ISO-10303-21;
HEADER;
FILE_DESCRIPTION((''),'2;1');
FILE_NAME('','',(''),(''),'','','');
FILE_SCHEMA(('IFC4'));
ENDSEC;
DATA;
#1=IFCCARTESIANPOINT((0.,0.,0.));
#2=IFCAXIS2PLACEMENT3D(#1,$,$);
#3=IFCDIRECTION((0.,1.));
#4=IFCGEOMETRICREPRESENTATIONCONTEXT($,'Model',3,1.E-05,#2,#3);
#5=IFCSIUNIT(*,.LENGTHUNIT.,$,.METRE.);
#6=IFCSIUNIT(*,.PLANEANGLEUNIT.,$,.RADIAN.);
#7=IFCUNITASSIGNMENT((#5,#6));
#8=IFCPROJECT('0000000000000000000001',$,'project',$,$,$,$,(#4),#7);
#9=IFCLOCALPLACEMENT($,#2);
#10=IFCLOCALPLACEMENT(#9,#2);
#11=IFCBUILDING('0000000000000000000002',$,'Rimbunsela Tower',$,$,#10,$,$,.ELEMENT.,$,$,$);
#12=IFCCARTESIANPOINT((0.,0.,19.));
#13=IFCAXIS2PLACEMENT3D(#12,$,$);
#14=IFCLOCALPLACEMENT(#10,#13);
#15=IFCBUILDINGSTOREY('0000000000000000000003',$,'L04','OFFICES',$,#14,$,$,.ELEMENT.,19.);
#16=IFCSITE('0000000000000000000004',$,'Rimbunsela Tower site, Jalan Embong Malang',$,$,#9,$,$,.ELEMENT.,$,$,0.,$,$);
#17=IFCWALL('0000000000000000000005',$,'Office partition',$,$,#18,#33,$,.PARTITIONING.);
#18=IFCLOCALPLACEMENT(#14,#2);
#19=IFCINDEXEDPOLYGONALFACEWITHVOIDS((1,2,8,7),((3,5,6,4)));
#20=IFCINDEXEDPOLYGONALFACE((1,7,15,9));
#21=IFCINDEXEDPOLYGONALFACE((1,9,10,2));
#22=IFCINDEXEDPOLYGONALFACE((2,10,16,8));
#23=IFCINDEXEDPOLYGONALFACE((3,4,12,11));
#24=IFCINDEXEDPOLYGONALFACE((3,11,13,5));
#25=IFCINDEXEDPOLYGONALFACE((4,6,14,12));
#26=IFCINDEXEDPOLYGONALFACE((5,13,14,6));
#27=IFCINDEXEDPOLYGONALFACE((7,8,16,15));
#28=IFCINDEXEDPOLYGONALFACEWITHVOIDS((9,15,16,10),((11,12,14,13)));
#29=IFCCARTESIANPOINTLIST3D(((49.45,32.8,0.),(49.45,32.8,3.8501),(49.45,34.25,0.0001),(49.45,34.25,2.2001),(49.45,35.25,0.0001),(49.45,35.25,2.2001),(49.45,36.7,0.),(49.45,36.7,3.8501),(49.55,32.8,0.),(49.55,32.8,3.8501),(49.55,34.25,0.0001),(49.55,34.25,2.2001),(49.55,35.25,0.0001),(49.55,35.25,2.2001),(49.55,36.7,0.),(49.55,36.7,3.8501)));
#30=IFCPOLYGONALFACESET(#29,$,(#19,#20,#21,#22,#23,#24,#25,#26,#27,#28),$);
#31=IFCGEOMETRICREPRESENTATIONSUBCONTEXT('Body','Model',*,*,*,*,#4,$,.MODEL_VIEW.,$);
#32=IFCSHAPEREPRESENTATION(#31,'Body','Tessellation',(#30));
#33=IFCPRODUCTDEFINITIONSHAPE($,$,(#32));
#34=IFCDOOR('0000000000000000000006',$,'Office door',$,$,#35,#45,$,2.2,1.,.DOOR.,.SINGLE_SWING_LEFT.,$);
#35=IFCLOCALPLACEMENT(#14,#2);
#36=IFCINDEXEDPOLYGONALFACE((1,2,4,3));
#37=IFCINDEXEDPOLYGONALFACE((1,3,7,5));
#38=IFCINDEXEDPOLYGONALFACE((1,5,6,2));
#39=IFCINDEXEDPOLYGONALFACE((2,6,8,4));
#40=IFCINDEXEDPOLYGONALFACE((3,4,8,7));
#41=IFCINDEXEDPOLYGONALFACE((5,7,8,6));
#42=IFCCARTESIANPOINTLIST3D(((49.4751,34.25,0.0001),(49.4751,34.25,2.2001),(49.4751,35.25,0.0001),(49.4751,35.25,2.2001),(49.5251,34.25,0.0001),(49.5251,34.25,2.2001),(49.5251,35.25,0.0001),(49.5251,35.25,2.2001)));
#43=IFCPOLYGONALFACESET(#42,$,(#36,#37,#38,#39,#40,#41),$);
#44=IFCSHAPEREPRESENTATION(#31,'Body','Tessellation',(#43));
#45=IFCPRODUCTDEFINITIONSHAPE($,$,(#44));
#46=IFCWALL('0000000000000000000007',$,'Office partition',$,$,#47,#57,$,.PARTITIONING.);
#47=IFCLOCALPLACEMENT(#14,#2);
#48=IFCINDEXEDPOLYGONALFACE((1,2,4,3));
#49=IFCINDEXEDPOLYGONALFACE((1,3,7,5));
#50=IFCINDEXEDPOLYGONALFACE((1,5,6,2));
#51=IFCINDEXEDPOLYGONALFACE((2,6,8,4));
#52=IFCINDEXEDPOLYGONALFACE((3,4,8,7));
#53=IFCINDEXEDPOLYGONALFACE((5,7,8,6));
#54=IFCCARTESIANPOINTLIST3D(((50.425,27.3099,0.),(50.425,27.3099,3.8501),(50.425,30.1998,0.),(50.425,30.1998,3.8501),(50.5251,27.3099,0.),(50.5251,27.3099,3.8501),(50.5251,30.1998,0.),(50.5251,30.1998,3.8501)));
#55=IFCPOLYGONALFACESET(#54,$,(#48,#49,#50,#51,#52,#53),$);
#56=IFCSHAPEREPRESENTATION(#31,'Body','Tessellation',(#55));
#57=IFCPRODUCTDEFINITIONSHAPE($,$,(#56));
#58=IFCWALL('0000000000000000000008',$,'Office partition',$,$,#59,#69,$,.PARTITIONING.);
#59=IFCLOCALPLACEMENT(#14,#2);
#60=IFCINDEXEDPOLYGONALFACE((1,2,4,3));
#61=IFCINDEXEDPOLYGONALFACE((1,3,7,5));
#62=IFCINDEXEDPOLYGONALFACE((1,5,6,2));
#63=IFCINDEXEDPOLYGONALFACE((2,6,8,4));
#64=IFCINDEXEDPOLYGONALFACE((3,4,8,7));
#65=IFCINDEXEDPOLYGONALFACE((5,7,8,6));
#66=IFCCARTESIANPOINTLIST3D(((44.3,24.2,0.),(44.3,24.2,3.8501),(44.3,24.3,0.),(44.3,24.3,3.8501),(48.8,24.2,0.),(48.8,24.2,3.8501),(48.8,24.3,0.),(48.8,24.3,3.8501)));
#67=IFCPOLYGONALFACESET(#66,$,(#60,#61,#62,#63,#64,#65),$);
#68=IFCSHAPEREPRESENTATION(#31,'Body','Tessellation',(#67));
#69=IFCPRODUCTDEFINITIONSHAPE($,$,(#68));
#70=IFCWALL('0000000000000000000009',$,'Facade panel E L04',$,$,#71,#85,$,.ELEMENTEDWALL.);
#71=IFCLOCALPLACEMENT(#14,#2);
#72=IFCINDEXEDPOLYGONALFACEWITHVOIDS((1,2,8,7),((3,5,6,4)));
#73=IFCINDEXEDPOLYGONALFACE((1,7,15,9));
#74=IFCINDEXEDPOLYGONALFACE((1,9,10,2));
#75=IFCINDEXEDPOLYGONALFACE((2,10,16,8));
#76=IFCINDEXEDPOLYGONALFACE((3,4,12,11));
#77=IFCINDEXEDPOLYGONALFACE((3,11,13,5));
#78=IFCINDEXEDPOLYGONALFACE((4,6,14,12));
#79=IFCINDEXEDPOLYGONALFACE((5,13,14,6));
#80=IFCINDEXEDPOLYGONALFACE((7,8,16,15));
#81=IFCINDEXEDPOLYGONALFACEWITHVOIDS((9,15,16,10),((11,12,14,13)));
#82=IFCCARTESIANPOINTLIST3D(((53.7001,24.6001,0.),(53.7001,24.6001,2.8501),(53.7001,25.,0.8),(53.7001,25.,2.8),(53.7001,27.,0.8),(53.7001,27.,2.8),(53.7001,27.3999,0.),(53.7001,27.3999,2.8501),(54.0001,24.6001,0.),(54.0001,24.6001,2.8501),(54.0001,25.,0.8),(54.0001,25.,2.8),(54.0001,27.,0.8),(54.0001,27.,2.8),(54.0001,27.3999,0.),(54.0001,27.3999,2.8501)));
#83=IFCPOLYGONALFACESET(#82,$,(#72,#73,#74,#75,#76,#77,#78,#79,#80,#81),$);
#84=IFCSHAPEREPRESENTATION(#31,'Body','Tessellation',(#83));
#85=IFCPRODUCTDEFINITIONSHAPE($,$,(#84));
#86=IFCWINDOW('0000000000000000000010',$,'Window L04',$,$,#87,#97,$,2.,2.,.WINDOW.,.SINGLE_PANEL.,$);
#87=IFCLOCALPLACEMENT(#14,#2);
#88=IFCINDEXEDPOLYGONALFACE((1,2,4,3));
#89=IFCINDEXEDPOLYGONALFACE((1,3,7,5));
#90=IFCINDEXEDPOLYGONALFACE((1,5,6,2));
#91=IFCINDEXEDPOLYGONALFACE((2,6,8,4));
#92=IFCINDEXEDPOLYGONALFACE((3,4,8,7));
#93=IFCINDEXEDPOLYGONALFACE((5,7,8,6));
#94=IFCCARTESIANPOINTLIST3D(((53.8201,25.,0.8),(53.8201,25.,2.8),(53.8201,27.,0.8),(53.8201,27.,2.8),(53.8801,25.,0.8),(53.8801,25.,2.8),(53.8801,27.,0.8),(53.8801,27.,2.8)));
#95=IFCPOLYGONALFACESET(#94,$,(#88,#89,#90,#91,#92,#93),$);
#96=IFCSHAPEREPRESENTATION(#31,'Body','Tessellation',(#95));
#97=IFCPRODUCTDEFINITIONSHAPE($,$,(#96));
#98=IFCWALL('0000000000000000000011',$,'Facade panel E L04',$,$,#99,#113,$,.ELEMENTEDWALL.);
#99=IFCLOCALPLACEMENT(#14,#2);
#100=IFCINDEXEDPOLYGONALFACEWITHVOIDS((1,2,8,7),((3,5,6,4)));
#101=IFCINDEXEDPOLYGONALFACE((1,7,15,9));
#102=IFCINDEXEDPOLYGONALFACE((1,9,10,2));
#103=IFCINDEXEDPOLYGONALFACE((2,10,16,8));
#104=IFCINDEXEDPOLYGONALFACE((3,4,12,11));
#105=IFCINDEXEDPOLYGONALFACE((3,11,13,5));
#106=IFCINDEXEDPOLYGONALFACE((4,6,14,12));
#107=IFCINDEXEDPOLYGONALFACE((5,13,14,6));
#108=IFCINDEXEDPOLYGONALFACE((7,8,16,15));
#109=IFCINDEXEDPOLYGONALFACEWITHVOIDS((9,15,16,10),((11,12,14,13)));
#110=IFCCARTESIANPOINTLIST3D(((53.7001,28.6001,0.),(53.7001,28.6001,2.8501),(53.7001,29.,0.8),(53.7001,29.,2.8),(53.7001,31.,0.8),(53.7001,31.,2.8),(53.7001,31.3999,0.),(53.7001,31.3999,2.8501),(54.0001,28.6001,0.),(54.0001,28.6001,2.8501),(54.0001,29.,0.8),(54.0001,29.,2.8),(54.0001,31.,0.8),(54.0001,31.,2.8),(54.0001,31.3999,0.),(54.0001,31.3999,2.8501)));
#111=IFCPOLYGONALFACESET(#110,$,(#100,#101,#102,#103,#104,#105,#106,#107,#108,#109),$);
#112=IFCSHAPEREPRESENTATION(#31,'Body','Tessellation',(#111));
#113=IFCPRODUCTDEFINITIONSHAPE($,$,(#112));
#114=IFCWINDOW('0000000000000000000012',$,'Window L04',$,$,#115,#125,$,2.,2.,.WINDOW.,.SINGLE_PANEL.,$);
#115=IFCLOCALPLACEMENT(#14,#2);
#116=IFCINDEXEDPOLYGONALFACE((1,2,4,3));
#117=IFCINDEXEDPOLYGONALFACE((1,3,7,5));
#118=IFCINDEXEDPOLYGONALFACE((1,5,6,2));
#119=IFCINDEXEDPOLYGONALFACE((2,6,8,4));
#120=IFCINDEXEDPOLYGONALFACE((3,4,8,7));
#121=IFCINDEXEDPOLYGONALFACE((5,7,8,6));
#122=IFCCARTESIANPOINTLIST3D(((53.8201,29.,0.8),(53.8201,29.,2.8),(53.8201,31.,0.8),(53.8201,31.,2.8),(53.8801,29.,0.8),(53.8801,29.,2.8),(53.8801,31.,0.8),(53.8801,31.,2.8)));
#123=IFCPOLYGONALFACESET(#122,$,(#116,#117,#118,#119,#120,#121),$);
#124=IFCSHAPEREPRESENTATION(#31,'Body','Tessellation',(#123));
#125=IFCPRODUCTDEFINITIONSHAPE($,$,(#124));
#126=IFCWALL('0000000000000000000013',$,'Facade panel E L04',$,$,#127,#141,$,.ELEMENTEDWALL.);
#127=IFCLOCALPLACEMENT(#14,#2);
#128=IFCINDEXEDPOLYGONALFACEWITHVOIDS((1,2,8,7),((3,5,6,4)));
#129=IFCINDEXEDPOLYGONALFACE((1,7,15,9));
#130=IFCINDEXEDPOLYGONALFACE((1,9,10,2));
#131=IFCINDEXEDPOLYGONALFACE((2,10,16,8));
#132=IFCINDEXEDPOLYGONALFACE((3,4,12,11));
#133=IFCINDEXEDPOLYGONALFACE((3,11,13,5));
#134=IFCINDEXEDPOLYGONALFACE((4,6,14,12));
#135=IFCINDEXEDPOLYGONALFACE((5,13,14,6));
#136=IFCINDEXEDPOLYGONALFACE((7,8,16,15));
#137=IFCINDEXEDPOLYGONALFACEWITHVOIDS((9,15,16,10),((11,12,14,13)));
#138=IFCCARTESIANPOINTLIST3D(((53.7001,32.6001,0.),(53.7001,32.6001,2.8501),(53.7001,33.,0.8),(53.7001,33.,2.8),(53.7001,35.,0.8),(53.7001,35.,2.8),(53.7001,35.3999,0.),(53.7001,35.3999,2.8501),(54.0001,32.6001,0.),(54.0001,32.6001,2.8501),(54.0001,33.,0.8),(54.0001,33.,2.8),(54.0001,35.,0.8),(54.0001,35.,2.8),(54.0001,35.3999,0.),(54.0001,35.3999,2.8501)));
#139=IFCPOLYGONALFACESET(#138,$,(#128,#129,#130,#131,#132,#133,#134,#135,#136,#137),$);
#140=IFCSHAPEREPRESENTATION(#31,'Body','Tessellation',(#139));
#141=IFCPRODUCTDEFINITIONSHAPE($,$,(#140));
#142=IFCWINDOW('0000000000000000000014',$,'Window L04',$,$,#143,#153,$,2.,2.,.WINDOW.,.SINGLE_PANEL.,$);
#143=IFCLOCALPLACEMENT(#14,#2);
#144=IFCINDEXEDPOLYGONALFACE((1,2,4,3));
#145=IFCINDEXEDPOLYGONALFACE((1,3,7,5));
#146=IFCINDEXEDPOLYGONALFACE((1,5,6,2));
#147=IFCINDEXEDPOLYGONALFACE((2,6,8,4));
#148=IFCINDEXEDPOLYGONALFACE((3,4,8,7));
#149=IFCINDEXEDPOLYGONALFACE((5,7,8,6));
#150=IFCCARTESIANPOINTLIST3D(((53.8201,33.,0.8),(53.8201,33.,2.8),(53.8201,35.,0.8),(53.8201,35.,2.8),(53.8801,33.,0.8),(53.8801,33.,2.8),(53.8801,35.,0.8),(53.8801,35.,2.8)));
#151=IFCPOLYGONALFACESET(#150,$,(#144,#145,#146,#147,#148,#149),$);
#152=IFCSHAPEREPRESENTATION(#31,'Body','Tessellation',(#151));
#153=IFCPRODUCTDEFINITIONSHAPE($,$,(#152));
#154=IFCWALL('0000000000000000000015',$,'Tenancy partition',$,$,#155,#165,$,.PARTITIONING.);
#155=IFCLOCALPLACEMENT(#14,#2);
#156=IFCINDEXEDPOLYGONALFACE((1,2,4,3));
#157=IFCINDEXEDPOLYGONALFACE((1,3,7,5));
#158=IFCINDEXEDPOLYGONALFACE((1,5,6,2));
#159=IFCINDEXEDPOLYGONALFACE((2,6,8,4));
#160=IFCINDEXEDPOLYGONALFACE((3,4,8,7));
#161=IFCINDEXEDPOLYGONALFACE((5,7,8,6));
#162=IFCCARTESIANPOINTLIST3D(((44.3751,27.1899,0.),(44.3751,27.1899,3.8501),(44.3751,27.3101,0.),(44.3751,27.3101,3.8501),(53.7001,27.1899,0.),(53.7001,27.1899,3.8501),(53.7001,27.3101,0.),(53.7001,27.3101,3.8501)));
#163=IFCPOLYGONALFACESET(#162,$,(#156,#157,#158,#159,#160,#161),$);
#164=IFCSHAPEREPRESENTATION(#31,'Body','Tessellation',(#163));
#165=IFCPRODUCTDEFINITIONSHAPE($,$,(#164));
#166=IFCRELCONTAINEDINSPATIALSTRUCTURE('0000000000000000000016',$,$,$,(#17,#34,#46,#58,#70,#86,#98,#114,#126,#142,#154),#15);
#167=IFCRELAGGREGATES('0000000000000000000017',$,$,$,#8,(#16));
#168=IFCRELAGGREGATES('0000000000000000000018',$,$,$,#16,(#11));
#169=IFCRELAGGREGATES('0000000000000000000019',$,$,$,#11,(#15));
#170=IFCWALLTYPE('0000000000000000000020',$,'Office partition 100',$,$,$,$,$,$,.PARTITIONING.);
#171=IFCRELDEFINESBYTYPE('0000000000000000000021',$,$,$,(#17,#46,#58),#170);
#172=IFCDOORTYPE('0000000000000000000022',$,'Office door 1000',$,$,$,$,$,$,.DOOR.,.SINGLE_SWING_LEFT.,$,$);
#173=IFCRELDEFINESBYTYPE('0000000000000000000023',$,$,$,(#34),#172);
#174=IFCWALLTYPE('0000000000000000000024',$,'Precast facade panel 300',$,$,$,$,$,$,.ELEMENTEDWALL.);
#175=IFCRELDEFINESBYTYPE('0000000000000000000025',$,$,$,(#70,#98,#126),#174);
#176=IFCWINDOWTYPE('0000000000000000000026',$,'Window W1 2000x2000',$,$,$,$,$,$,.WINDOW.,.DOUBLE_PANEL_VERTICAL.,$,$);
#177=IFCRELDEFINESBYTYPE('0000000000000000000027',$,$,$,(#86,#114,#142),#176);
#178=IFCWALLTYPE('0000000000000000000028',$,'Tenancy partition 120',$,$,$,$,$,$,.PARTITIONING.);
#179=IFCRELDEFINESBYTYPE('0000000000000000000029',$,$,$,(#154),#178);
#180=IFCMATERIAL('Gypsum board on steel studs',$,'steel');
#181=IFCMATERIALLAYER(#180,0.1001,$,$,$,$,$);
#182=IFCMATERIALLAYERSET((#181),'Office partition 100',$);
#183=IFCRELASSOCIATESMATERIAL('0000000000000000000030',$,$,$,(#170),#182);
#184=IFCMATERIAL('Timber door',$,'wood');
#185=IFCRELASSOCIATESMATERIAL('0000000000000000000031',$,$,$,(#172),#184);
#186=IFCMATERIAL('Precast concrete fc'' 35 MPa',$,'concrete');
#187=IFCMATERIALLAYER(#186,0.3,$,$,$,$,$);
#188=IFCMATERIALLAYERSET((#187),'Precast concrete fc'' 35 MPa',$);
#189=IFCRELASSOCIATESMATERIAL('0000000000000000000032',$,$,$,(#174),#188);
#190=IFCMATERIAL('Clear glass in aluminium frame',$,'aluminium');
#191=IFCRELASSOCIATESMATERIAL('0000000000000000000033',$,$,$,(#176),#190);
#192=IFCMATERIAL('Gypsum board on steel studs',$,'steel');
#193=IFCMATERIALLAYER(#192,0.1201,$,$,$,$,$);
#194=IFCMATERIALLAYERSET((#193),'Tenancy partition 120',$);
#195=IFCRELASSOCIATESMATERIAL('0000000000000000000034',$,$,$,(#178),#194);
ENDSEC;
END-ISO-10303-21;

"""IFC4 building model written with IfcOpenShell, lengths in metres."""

from ifc_helpers import new_model, si_unit, direction, frame, frame_2d, origin, place, context, subcontext, project, spatial, rectangle, extrude, material, layer, layer_set, type_object, element, fill, save


model = new_model("IFC4")

# Units and contexts
model_context = context("Model", 3, precision=1e-05, world=origin(), true_north=direction((0.0, 1.0)))
body_context = subcontext(model_context, "Body", "Model", "MODEL_VIEW")
ifc_project = project(units=[si_unit("LENGTHUNIT", "METRE"), si_unit("PLANEANGLEUNIT", "RADIAN")], contexts=[model_context])

# Site, building, storey
site_placement = place(None, origin())
site = spatial("IfcSite", under=ifc_project, at=site_placement, Name="Rimbunsela Tower site, Jalan Embong Malang", CompositionType="ELEMENT", RefElevation=0.0)
building_placement = place(site_placement, origin())
building = spatial("IfcBuilding", under=site, at=building_placement, Name="Rimbunsela Tower", CompositionType="ELEMENT")
storey_placement = place(building_placement, frame((0.0, 0.0, 19.0)))
storey = spatial("IfcBuildingStorey", under=building, at=storey_placement, Name="L04", Description="OFFICES", CompositionType="ELEMENT", Elevation=19.0)

# Shared definitions
ifc_material_1 = material(Name="Gypsum board on steel studs", Category="steel")
ifc_layer_1 = layer(ifc_material_1, 0.1001)
ifc_layer_set_1 = layer_set([ifc_layer_1], Name="Office partition 100")
wall_type_1 = type_object("IfcWallType", Name="Office partition 100", PredefinedType="PARTITIONING", material=ifc_layer_set_1)

# Wall, opening, door
wall_1_placement = place(storey_placement, frame((49.5, 32.8, 0.0), z_axis=(0.0, 0.0, 1.0), x_axis=(0.0, 1.0, 0.0)))
wall_1 = element("IfcWall", 1, at=wall_1_placement, inside=storey, type_object=wall_type_1, Name="Office partition", PredefinedType="PARTITIONING", context=body_context, shape_type="SweptSolid", body=[
    extrude(rectangle(XDim=3.8999, YDim=0.1001, at=frame_2d((1.95, 0.0))), origin(), (0.0, 0.0, 1.0), 3.8501),
])
opening_1_placement = place(wall_1_placement, frame((1.45, 0.0, 0.0)))
opening_1 = element("IfcOpeningElement", 2, at=opening_1_placement, cuts=wall_1, PredefinedType="OPENING", context=body_context, shape_type="SweptSolid", body=[
    extrude(rectangle(XDim=1.0, YDim=2.2, at=frame_2d((0.5, 1.1001))), frame((0.0, 0.0601, 0.0), z_axis=(0.0, -1.0, 0.0), x_axis=(1.0, 0.0, 0.0)), (0.0, 0.0, 1.0), 0.1201),
])
ifc_material_2 = material(Name="Timber door", Category="wood")
door_type_1 = type_object("IfcDoorType", Name="Office door 1000", OperationType="SINGLE_SWING_LEFT", PredefinedType="DOOR", material=ifc_material_2)
door_1_placement = place(opening_1_placement, origin())
door_1 = element("IfcDoor", 3, at=door_1_placement, inside=storey, type_object=door_type_1, Name="Office door", OperationType="SINGLE_SWING_LEFT", OverallHeight=2.2, OverallWidth=1.0, PredefinedType="DOOR", context=body_context, shape_type="SweptSolid", body=[
    extrude(rectangle(XDim=1.0, YDim=2.2, at=frame_2d((0.5, 1.1001))), frame((0.0, 0.0249, 0.0), z_axis=(0.0, -1.0, 0.0), x_axis=(1.0, 0.0, 0.0)), (0.0, 0.0, 1.0), 0.05),
])
fill(opening_1, door_1)

# Walls
wall_2_placement = place(storey_placement, frame((50.4751, 27.3101, 0.0), z_axis=(0.0, 0.0, 1.0), x_axis=(0.0, 1.0, 0.0)))
element("IfcWall", 4, at=wall_2_placement, inside=storey, type_object=wall_type_1, Name="Office partition", PredefinedType="PARTITIONING", context=body_context, shape_type="SweptSolid", body=[
    extrude(rectangle(XDim=2.8899, YDim=0.1001, at=frame_2d((1.4448, 0.0))), origin(), (0.0, 0.0, 1.0), 3.8501),
])
wall_3_placement = place(storey_placement, frame((48.8, 24.25, 0.0), z_axis=(0.0, 0.0, 1.0), x_axis=(-1.0, 0.0, 0.0)))
element("IfcWall", 5, at=wall_3_placement, inside=storey, type_object=wall_type_1, Name="Office partition", PredefinedType="PARTITIONING", context=body_context, shape_type="SweptSolid", body=[
    extrude(rectangle(XDim=4.5, YDim=0.1001, at=frame_2d((2.25, 0.0))), origin(), (0.0, 0.0, 1.0), 3.8501),
])

# Walls, openings, windows
ifc_material_3 = material(Name="Precast concrete fc' 35 MPa", Category="concrete")
ifc_layer_2 = layer(ifc_material_3, 0.3)
ifc_layer_set_2 = layer_set([ifc_layer_2], Name="Precast concrete fc' 35 MPa")
wall_type_2 = type_object("IfcWallType", Name="Precast facade panel 300", PredefinedType="ELEMENTEDWALL", material=ifc_layer_set_2)
wall_4_placement = place(storey_placement, frame((53.8501, 24.6001, 0.0), z_axis=(0.0, 0.0, 1.0), x_axis=(0.0, 1.0, 0.0)))
wall_4 = element("IfcWall", 6, at=wall_4_placement, inside=storey, type_object=wall_type_2, Name="Facade panel E L04", PredefinedType="ELEMENTEDWALL", context=body_context, shape_type="SweptSolid", body=[
    extrude(rectangle(XDim=2.7998, YDim=0.3, at=frame_2d((1.3999, 0.0))), origin(), (0.0, 0.0, 1.0), 2.8501),
])
opening_2_placement = place(wall_4_placement, frame((0.3999, 0.0, 0.8)))
opening_2 = element("IfcOpeningElement", 7, at=opening_2_placement, cuts=wall_4, PredefinedType="OPENING", context=body_context, shape_type="SweptSolid", body=[
    extrude(rectangle(XDim=2.0, YDim=2.0, at=frame_2d((1.0, 1.0))), frame((0.0, 0.1599, 0.0), z_axis=(0.0, -1.0, 0.0), x_axis=(1.0, 0.0, 0.0)), (0.0, 0.0, 1.0), 0.3201),
])
ifc_material_4 = material(Name="Clear glass in aluminium frame", Category="aluminium")
window_type = type_object("IfcWindowType", Name="Window W1 2000x2000", PartitioningType="DOUBLE_PANEL_VERTICAL", PredefinedType="WINDOW", material=ifc_material_4)
window_1_placement = place(opening_2_placement, origin())
window_1 = element("IfcWindow", 8, at=window_1_placement, inside=storey, type_object=window_type, Name="Window L04", OverallHeight=2.0, OverallWidth=2.0, PartitioningType="SINGLE_PANEL", PredefinedType="WINDOW", context=body_context, shape_type="SweptSolid", body=[
    extrude(rectangle(XDim=2.0, YDim=2.0, at=frame_2d((1.0, 1.0))), frame((0.0, 0.03, 0.0), z_axis=(0.0, -1.0, 0.0), x_axis=(1.0, 0.0, 0.0)), (0.0, 0.0, 1.0), 0.0601),
])
fill(opening_2, window_1)
wall_5_placement = place(storey_placement, frame((53.8501, 28.6001, 0.0), z_axis=(0.0, 0.0, 1.0), x_axis=(0.0, 1.0, 0.0)))
wall_5 = element("IfcWall", 9, at=wall_5_placement, inside=storey, type_object=wall_type_2, Name="Facade panel E L04", PredefinedType="ELEMENTEDWALL", context=body_context, shape_type="SweptSolid", body=[
    extrude(rectangle(XDim=2.7998, YDim=0.3, at=frame_2d((1.3999, 0.0))), origin(), (0.0, 0.0, 1.0), 2.8501),
])
opening_3_placement = place(wall_5_placement, frame((0.3999, 0.0, 0.8)))
opening_3 = element("IfcOpeningElement", 10, at=opening_3_placement, cuts=wall_5, PredefinedType="OPENING", context=body_context, shape_type="SweptSolid", body=[
    extrude(rectangle(XDim=2.0, YDim=2.0, at=frame_2d((1.0, 1.0))), frame((0.0, 0.1599, 0.0), z_axis=(0.0, -1.0, 0.0), x_axis=(1.0, 0.0, 0.0)), (0.0, 0.0, 1.0), 0.3201),
])
window_2_placement = place(opening_3_placement, origin())
window_2 = element("IfcWindow", 11, at=window_2_placement, inside=storey, type_object=window_type, Name="Window L04", OverallHeight=2.0, OverallWidth=2.0, PartitioningType="SINGLE_PANEL", PredefinedType="WINDOW", context=body_context, shape_type="SweptSolid", body=[
    extrude(rectangle(XDim=2.0, YDim=2.0, at=frame_2d((1.0, 1.0))), frame((0.0, 0.03, 0.0), z_axis=(0.0, -1.0, 0.0), x_axis=(1.0, 0.0, 0.0)), (0.0, 0.0, 1.0), 0.0601),
])
fill(opening_3, window_2)
wall_6_placement = place(storey_placement, frame((53.8501, 32.6001, 0.0), z_axis=(0.0, 0.0, 1.0), x_axis=(0.0, 1.0, 0.0)))
wall_6 = element("IfcWall", 12, at=wall_6_placement, inside=storey, type_object=wall_type_2, Name="Facade panel E L04", PredefinedType="ELEMENTEDWALL", context=body_context, shape_type="SweptSolid", body=[
    extrude(rectangle(XDim=2.7998, YDim=0.3, at=frame_2d((1.3999, 0.0))), origin(), (0.0, 0.0, 1.0), 2.8501),
])
opening_4_placement = place(wall_6_placement, frame((0.3999, 0.0, 0.8)))
opening_4 = element("IfcOpeningElement", 13, at=opening_4_placement, cuts=wall_6, PredefinedType="OPENING", context=body_context, shape_type="SweptSolid", body=[
    extrude(rectangle(XDim=2.0, YDim=2.0, at=frame_2d((1.0, 1.0))), frame((0.0, 0.1599, 0.0), z_axis=(0.0, -1.0, 0.0), x_axis=(1.0, 0.0, 0.0)), (0.0, 0.0, 1.0), 0.3201),
])
window_3_placement = place(opening_4_placement, origin())
window_3 = element("IfcWindow", 14, at=window_3_placement, inside=storey, type_object=window_type, Name="Window L04", OverallHeight=2.0, OverallWidth=2.0, PartitioningType="SINGLE_PANEL", PredefinedType="WINDOW", context=body_context, shape_type="SweptSolid", body=[
    extrude(rectangle(XDim=2.0, YDim=2.0, at=frame_2d((1.0, 1.0))), frame((0.0, 0.03, 0.0), z_axis=(0.0, -1.0, 0.0), x_axis=(1.0, 0.0, 0.0)), (0.0, 0.0, 1.0), 0.0601),
])
fill(opening_4, window_3)

# Wall
ifc_material_5 = material(Name="Gypsum board on steel studs", Category="steel")
ifc_layer_3 = layer(ifc_material_5, 0.1201)
ifc_layer_set_3 = layer_set([ifc_layer_3], Name="Tenancy partition 120")
wall_type_3 = type_object("IfcWallType", Name="Tenancy partition 120", PredefinedType="PARTITIONING", material=ifc_layer_set_3)
wall_7_placement = place(storey_placement, frame((44.375, 27.25, 0.0), z_axis=(0.0, 0.0, 1.0), x_axis=(1.0, 0.0, 0.0)))
element("IfcWall", 15, at=wall_7_placement, inside=storey, type_object=wall_type_3, Name="Tenancy partition", PredefinedType="PARTITIONING", context=body_context, shape_type="SweptSolid", body=[
    extrude(rectangle(XDim=9.325, YDim=0.1201, at=frame_2d((4.6626, 0.0))), origin(), (0.0, 0.0, 1.0), 3.8501),
])

save(model, "model.ifc")
